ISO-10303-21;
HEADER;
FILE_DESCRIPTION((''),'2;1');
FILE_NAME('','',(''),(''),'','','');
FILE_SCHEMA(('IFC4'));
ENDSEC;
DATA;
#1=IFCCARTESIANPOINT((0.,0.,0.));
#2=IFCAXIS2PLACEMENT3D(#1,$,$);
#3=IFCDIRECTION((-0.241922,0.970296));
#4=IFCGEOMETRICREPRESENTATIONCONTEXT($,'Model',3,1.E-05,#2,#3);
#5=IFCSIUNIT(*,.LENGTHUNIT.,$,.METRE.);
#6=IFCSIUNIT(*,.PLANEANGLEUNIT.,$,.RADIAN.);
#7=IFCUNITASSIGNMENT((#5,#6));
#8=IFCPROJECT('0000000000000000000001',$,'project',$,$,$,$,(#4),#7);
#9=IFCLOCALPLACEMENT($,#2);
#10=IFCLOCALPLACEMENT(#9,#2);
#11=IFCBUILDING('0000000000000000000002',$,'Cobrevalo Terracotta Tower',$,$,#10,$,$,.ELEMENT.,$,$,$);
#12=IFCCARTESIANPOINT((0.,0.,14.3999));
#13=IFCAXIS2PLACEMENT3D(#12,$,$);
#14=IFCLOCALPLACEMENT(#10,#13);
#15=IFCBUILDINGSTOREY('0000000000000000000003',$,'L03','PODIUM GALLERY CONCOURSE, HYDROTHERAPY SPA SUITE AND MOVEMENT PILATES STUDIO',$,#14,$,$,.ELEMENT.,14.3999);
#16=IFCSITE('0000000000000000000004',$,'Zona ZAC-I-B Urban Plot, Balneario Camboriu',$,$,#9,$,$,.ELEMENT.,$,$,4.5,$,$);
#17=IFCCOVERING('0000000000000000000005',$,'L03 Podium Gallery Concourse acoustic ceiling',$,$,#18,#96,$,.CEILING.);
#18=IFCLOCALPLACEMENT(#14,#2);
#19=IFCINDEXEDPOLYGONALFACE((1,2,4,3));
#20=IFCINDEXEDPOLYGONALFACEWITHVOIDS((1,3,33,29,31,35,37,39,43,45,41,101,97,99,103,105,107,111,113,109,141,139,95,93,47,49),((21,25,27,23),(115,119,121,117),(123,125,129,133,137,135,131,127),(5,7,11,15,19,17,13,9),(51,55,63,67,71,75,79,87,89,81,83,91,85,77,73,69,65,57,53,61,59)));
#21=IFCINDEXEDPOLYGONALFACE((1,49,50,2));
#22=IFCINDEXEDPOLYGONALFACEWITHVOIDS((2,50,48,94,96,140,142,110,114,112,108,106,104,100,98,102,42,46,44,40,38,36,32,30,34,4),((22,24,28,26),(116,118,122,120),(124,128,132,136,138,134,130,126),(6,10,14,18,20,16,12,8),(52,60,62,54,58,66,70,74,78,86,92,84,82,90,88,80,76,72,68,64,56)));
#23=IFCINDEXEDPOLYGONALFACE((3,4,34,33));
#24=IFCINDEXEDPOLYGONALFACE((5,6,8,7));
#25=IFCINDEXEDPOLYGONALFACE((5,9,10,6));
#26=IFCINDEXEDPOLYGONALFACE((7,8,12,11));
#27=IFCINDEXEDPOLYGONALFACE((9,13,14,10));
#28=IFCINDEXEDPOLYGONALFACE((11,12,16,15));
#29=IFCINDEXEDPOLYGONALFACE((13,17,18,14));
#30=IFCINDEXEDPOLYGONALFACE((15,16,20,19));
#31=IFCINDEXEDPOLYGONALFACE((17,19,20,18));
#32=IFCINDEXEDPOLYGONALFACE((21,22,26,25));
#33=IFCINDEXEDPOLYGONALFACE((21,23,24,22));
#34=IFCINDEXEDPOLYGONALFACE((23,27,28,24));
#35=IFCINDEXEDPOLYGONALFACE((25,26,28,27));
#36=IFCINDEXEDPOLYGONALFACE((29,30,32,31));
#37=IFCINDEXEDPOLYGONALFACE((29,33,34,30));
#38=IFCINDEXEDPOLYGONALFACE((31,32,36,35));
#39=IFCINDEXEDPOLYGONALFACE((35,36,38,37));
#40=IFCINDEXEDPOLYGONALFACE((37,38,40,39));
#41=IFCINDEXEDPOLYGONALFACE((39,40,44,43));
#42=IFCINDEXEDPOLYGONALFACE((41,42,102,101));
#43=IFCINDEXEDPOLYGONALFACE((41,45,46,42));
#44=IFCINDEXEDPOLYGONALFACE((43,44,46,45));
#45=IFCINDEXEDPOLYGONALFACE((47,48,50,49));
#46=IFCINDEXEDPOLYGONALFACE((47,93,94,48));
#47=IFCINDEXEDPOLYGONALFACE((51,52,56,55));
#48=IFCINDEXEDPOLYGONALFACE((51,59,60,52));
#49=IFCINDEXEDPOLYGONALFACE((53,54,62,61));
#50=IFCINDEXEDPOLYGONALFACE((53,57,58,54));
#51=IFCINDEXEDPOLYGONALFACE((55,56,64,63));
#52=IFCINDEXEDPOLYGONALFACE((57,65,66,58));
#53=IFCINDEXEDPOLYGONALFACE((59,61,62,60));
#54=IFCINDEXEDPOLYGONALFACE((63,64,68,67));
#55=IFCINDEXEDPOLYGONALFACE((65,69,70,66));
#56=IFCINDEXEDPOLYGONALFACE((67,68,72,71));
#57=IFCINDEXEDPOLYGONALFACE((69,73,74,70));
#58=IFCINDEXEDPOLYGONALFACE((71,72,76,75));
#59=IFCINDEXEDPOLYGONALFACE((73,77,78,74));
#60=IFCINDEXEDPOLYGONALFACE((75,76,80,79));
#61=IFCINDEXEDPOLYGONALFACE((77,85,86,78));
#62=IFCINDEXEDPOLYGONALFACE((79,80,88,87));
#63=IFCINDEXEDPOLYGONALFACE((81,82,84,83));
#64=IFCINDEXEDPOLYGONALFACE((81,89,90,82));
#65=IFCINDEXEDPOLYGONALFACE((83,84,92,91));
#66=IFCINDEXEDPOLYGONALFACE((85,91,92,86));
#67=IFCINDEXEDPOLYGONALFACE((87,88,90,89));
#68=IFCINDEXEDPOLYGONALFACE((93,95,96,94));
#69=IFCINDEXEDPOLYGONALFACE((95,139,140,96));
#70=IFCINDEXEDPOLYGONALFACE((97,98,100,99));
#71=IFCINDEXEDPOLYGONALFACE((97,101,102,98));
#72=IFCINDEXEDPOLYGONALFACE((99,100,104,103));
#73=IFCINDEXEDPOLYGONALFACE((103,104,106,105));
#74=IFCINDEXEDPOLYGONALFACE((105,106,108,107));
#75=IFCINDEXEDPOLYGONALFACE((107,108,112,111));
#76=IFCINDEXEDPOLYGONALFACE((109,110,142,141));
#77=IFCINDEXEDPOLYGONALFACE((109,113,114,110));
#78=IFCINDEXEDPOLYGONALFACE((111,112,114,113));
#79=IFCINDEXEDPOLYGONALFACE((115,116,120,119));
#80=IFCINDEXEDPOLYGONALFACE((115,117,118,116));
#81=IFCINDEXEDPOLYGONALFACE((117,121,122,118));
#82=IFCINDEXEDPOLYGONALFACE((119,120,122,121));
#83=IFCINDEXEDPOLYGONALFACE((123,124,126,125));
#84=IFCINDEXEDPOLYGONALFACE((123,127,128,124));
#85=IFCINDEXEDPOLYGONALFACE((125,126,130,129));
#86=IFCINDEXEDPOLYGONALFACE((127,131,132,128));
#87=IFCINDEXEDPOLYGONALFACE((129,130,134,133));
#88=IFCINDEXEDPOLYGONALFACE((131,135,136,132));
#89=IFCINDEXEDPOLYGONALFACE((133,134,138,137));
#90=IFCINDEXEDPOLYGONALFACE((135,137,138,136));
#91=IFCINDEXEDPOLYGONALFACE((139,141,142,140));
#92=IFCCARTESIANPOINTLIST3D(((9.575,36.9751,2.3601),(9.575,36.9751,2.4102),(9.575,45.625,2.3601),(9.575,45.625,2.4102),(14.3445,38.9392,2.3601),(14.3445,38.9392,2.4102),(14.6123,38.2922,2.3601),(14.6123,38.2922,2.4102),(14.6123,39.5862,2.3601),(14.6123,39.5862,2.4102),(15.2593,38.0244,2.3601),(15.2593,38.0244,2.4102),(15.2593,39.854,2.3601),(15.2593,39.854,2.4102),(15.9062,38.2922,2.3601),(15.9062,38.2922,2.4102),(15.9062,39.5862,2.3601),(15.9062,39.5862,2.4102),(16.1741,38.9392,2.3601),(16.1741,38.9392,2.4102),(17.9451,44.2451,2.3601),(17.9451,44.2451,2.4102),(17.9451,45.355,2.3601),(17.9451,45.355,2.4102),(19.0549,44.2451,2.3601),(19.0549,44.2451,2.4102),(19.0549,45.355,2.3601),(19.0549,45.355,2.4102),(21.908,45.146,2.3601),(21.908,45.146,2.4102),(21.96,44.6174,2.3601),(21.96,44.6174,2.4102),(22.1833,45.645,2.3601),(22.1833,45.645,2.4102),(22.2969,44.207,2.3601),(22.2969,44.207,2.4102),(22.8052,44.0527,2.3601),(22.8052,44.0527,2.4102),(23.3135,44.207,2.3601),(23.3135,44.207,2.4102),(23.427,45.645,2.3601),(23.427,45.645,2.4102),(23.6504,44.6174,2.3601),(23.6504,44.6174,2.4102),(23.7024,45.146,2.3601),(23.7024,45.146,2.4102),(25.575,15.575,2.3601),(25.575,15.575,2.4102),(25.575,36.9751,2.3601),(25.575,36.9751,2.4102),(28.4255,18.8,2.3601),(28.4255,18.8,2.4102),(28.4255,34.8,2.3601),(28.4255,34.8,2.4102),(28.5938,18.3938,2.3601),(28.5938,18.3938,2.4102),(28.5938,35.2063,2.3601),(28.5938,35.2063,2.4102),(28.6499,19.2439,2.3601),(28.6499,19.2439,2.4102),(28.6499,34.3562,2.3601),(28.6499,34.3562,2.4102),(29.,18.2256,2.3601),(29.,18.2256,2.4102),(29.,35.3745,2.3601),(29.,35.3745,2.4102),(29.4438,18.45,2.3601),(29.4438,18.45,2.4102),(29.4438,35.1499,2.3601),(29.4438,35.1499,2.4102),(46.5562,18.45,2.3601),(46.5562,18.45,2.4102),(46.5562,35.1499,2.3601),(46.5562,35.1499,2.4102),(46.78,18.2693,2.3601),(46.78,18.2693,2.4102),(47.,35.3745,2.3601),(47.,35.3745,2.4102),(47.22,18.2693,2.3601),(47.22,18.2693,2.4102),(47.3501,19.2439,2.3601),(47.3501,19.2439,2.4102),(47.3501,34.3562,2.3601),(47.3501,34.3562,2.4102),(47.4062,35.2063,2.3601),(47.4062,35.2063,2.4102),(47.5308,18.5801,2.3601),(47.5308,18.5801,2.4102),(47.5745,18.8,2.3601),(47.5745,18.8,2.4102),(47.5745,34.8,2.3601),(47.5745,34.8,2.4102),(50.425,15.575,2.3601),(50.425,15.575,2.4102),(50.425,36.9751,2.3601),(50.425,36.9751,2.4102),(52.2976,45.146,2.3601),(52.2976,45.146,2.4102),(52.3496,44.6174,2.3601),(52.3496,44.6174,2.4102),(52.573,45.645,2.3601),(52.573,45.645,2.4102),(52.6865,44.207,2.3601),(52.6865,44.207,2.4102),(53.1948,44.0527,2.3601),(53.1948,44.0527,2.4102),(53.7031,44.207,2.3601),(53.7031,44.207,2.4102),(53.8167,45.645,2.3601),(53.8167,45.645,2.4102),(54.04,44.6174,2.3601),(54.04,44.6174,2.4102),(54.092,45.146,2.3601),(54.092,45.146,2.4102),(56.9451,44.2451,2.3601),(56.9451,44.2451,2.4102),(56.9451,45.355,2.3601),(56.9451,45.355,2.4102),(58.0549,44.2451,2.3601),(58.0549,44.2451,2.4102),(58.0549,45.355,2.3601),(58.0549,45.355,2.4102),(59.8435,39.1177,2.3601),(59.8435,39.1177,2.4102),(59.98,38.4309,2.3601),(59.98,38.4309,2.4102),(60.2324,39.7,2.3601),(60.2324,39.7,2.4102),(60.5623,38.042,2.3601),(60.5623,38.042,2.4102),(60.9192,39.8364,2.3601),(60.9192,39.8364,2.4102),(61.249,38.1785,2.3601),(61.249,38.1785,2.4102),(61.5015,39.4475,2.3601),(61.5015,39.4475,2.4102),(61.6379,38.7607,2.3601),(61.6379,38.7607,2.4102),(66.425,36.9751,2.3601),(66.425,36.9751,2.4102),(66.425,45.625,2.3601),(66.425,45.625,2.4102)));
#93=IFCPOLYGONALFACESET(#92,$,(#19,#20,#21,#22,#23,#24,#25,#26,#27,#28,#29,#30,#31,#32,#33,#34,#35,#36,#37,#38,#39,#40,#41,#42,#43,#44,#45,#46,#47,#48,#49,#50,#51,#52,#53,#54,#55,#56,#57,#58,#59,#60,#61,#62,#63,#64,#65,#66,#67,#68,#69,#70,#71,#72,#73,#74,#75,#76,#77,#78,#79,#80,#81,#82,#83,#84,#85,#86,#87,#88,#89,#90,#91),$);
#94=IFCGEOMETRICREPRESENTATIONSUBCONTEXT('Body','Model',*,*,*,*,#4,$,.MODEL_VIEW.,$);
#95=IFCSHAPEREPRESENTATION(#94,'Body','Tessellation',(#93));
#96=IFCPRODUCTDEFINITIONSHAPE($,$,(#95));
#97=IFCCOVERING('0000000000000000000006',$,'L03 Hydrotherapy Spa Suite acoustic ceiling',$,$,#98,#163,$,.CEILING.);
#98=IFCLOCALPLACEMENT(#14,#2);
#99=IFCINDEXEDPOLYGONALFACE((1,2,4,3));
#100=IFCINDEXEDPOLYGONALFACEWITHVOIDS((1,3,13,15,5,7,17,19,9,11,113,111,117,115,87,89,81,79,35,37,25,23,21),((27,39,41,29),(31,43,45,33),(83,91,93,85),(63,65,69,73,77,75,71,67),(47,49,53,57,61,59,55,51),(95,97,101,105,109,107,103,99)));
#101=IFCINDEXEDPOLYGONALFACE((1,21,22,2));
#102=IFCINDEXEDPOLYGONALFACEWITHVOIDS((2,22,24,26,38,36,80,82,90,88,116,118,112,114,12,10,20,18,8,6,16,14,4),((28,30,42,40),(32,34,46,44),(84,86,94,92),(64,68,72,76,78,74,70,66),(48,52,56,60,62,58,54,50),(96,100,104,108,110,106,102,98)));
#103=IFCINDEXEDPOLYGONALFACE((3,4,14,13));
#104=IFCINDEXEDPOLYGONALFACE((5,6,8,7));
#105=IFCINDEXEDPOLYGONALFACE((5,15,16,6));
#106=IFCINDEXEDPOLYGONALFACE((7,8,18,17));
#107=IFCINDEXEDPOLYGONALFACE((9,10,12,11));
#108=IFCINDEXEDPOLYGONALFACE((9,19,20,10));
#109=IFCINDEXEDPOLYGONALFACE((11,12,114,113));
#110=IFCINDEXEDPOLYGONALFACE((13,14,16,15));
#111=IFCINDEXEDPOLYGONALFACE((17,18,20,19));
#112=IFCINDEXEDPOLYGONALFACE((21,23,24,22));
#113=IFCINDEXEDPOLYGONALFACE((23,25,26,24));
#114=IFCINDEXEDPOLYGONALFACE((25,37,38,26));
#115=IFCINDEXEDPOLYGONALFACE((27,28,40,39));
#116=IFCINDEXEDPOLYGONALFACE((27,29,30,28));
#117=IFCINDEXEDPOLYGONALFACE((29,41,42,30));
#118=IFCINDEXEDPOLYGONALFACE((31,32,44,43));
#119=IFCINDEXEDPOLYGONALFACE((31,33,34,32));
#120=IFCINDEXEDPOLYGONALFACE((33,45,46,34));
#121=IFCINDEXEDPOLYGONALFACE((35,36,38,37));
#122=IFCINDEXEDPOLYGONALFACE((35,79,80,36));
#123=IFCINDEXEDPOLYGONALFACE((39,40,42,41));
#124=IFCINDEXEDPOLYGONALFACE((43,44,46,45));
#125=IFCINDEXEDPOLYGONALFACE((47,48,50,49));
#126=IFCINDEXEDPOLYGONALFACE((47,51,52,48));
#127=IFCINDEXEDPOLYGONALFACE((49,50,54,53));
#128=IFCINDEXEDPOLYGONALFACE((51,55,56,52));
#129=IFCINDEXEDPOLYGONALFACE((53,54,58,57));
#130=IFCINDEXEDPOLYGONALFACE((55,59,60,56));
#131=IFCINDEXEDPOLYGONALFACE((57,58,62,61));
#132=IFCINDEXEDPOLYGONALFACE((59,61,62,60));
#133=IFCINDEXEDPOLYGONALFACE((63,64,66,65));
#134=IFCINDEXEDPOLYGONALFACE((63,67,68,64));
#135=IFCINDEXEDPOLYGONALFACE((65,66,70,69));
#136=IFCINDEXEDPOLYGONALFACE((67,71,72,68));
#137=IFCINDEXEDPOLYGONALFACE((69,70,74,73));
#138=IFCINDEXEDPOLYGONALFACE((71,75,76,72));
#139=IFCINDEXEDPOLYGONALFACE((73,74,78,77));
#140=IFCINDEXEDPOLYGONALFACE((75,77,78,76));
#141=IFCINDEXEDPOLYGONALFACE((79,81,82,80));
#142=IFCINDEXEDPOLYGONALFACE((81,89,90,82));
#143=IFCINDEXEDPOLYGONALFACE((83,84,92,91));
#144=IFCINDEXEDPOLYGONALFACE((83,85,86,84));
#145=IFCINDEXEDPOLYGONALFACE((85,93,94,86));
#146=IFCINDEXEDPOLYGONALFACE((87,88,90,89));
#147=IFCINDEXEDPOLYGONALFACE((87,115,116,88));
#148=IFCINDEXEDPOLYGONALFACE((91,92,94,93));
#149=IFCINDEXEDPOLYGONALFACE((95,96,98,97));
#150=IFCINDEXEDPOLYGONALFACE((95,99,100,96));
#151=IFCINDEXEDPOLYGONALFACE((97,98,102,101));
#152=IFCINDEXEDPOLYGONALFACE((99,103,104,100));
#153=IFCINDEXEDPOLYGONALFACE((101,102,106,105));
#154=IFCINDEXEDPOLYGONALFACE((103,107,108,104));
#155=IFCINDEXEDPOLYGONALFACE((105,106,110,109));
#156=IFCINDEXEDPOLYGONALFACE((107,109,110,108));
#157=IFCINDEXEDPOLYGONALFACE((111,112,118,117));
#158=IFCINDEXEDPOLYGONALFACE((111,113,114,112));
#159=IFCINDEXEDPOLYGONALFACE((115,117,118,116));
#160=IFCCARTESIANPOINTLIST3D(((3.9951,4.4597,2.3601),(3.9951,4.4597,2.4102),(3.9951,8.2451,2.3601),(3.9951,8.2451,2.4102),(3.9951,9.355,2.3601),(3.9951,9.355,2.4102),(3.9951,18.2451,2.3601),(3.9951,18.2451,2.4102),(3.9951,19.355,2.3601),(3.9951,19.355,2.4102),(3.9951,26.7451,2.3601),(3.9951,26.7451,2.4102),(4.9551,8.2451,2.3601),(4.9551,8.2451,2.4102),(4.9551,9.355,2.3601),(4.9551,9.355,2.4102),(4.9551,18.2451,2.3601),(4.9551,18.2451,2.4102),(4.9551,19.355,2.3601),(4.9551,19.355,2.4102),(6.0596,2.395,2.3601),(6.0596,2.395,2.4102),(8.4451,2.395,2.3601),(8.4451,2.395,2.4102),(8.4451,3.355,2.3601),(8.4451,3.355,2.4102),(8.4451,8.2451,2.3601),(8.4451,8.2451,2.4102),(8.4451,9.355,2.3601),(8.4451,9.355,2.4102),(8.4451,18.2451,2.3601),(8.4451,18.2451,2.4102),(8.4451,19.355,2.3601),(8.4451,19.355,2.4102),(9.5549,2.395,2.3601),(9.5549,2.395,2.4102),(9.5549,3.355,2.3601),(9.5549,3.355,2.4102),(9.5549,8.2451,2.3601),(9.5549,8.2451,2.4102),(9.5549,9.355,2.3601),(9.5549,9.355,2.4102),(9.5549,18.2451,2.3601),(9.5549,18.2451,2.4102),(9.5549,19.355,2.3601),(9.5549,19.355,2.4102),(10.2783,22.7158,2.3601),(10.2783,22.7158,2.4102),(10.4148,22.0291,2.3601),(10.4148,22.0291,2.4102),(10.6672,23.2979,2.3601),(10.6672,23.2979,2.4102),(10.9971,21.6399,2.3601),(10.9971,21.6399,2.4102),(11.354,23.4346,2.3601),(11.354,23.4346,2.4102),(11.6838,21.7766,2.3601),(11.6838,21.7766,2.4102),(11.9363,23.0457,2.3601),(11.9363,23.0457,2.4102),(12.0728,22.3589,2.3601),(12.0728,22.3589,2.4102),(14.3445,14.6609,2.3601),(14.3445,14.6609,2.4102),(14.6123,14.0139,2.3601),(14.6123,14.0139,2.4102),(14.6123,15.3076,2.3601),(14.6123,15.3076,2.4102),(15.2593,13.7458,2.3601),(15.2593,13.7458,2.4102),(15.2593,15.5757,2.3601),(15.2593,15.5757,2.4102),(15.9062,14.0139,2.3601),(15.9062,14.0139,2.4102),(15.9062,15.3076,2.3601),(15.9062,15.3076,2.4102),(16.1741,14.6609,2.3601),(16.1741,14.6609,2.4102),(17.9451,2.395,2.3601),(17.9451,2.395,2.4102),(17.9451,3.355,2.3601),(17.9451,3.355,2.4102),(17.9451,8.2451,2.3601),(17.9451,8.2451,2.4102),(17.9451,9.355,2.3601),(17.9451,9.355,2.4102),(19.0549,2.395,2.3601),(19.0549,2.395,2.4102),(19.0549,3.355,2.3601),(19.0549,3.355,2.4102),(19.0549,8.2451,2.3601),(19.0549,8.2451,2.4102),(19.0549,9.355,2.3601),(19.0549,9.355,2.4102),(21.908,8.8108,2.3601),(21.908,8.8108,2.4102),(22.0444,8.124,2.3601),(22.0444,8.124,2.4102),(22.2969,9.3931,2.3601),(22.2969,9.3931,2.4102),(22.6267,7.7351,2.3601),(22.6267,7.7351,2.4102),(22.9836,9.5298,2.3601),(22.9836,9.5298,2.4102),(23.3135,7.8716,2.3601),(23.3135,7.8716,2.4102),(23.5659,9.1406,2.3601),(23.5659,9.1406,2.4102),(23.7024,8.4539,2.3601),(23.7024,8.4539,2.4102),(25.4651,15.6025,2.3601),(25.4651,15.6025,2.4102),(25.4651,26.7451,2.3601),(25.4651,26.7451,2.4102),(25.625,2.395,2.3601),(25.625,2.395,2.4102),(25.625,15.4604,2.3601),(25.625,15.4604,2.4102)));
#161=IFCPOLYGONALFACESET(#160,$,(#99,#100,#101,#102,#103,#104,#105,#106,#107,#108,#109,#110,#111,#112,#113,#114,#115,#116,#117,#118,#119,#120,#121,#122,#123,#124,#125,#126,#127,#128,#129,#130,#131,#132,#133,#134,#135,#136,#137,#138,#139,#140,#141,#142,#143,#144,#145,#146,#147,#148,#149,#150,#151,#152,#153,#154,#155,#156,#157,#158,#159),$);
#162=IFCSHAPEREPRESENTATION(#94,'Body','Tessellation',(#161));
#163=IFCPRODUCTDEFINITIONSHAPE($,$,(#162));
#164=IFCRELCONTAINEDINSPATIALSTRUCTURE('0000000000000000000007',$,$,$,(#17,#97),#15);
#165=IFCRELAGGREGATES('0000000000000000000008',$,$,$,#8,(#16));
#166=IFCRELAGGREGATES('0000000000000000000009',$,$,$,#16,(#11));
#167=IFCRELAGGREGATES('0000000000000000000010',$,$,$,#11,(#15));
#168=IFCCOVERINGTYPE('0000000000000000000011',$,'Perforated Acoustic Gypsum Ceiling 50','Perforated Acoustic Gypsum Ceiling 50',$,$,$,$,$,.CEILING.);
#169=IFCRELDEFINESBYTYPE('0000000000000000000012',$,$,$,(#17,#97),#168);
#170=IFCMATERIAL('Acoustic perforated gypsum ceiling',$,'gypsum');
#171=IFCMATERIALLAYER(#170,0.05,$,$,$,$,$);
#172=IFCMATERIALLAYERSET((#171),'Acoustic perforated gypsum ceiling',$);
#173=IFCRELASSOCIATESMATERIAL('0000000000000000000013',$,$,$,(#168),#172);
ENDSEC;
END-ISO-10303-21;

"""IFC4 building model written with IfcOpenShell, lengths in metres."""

from ifc_helpers import new_model, si_unit, direction, frame, origin, place, context, subcontext, project, spatial, polyline, outline, extrude, material, layer, layer_set, type_object, element, save


model = new_model("IFC4")

# Units and contexts
model_context = context("Model", 3, precision=1e-05, world=origin(), true_north=direction((-0.241922, 0.970296)))
body_context = subcontext(model_context, "Body", "Model", "MODEL_VIEW")
ifc_project = project(units=[si_unit("LENGTHUNIT", "METRE"), si_unit("PLANEANGLEUNIT", "RADIAN")], contexts=[model_context])

# Site, building, storey
site_placement = place(None, origin())
site = spatial("IfcSite", under=ifc_project, at=site_placement, Name="Zona ZAC-I-B Urban Plot, Balneario Camboriu", CompositionType="ELEMENT", RefElevation=4.5)
building_placement = place(site_placement, origin())
building = spatial("IfcBuilding", under=site, at=building_placement, Name="Cobrevalo Terracotta Tower", CompositionType="ELEMENT")
storey_placement = place(building_placement, frame((0.0, 0.0, 14.3999)))
storey = spatial("IfcBuildingStorey", under=building, at=storey_placement, Name="L03", Description="PODIUM GALLERY CONCOURSE, HYDROTHERAPY SPA SUITE AND MOVEMENT PILATES STUDIO", CompositionType="ELEMENT", Elevation=14.3999)

# Coverings
ifc_material_1 = material(Name="Acoustic perforated gypsum ceiling", Category="gypsum")
ifc_layer_1 = layer(ifc_material_1, 0.05)
ifc_layer_set_1 = layer_set([ifc_layer_1], Name="Acoustic perforated gypsum ceiling")
covering_type_1 = type_object("IfcCoveringType", Name="Perforated Acoustic Gypsum Ceiling 50", Description="Perforated Acoustic Gypsum Ceiling 50", PredefinedType="CEILING", material=ifc_layer_set_1)
covering_1_placement = place(storey_placement, frame((0.0, 0.0, 2.3601)))
element("IfcCovering", 1, at=covering_1_placement, inside=storey, type_object=covering_type_1, Name="L03 Podium Gallery Concourse acoustic ceiling", PredefinedType="CEILING", context=body_context, shape_type="SweptSolid", body=[
    extrude(outline(polyline([(9.575, 45.625), (22.1833, 45.645), (21.908, 45.146), (21.96, 44.6174), (22.2969, 44.207), (22.8052, 44.0527), (23.3135, 44.207), (23.6504, 44.6174), (23.7024, 45.146), (23.427, 45.645), (52.573, 45.645), (52.2976, 45.146), (52.3496, 44.6174), (52.6865, 44.207), (53.1948, 44.0527), (53.7031, 44.207), (54.04, 44.6174), (54.092, 45.146), (53.8167, 45.645), (66.425, 45.625), (66.425, 36.9751), (50.425, 36.9751), (50.425, 15.575), (25.575, 15.575), (25.575, 36.9751), (9.575, 36.9751), (9.575, 45.625)]), holes=[polyline([(61.249, 38.1785), (61.6379, 38.7607), (61.5015, 39.4475), (60.9192, 39.8364), (60.2324, 39.7), (59.8435, 39.1177), (59.98, 38.4309), (60.5623, 38.042), (61.249, 38.1785)]), polyline([(56.9451, 45.355), (56.9451, 44.2451), (58.0549, 44.2451), (58.0549, 45.355), (56.9451, 45.355)]), polyline([(46.5562, 18.45), (46.78, 18.2693), (47.22, 18.2693), (47.5308, 18.5801), (47.5745, 18.8), (47.3501, 19.2439), (47.3501, 34.3562), (47.5745, 34.8), (47.4062, 35.2063), (47.0, 35.3745), (46.5562, 35.1499), (29.4438, 35.1499), (29.0, 35.3745), (28.5938, 35.2063), (28.4255, 34.8), (28.6499, 34.3562), (28.6499, 19.2439), (28.4255, 18.8), (28.5938, 18.3938), (29.0, 18.2256), (29.4438, 18.45), (46.5562, 18.45)]), polyline([(17.9451, 44.2451), (19.0549, 44.2451), (19.0549, 45.355), (17.9451, 45.355), (17.9451, 44.2451)]), polyline([(15.9062, 38.2922), (16.1741, 38.9392), (15.9062, 39.5862), (15.2593, 39.854), (14.6123, 39.5862), (14.3445, 38.9392), (14.6123, 38.2922), (15.2593, 38.0244), (15.9062, 38.2922)])]), origin(), (0.0, 0.0, 1.0), 0.05),
])
covering_2_placement = place(storey_placement, frame((0.0, 0.0, 2.3601)))
element("IfcCovering", 2, at=covering_2_placement, inside=storey, type_object=covering_type_1, Name="L03 Hydrotherapy Spa Suite acoustic ceiling", PredefinedType="CEILING", context=body_context, shape_type="SweptSolid", body=[
    extrude(outline(polyline([(3.9951, 4.4597), (3.9951, 8.2451), (4.9551, 8.2451), (4.9551, 9.355), (3.9951, 9.355), (3.9951, 18.2451), (4.9551, 18.2451), (4.9551, 19.355), (3.9951, 19.355), (3.9951, 26.7451), (25.4651, 26.7451), (25.4651, 15.6025), (25.625, 15.4604), (25.625, 2.395), (19.0549, 2.395), (19.0549, 3.355), (17.9451, 3.355), (17.9451, 2.395), (9.5549, 2.395), (9.5549, 3.355), (8.4451, 3.355), (8.4451, 2.395), (6.0596, 2.395), (3.9951, 4.4597)]), holes=[polyline([(23.3135, 7.8716), (23.7024, 8.4539), (23.5659, 9.1406), (22.9836, 9.5298), (22.2969, 9.3931), (21.908, 8.8108), (22.0444, 8.124), (22.6267, 7.7351), (23.3135, 7.8716)]), polyline([(17.9451, 9.355), (17.9451, 8.2451), (19.0549, 8.2451), (19.0549, 9.355), (17.9451, 9.355)]), polyline([(15.9062, 14.0139), (16.1741, 14.6609), (15.9062, 15.3076), (15.2593, 15.5757), (14.6123, 15.3076), (14.3445, 14.6609), (14.6123, 14.0139), (15.2593, 13.7458), (15.9062, 14.0139)]), polyline([(11.6838, 21.7766), (12.0728, 22.3589), (11.9363, 23.0457), (11.354, 23.4346), (10.6672, 23.2979), (10.2783, 22.7158), (10.4148, 22.0291), (10.9971, 21.6399), (11.6838, 21.7766)]), polyline([(8.4451, 9.355), (8.4451, 8.2451), (9.5549, 8.2451), (9.5549, 9.355), (8.4451, 9.355)]), polyline([(8.4451, 19.355), (8.4451, 18.2451), (9.5549, 18.2451), (9.5549, 19.355), (8.4451, 19.355)])]), origin(), (0.0, 0.0, 1.0), 0.05),
])

save(model, "model.ifc")
